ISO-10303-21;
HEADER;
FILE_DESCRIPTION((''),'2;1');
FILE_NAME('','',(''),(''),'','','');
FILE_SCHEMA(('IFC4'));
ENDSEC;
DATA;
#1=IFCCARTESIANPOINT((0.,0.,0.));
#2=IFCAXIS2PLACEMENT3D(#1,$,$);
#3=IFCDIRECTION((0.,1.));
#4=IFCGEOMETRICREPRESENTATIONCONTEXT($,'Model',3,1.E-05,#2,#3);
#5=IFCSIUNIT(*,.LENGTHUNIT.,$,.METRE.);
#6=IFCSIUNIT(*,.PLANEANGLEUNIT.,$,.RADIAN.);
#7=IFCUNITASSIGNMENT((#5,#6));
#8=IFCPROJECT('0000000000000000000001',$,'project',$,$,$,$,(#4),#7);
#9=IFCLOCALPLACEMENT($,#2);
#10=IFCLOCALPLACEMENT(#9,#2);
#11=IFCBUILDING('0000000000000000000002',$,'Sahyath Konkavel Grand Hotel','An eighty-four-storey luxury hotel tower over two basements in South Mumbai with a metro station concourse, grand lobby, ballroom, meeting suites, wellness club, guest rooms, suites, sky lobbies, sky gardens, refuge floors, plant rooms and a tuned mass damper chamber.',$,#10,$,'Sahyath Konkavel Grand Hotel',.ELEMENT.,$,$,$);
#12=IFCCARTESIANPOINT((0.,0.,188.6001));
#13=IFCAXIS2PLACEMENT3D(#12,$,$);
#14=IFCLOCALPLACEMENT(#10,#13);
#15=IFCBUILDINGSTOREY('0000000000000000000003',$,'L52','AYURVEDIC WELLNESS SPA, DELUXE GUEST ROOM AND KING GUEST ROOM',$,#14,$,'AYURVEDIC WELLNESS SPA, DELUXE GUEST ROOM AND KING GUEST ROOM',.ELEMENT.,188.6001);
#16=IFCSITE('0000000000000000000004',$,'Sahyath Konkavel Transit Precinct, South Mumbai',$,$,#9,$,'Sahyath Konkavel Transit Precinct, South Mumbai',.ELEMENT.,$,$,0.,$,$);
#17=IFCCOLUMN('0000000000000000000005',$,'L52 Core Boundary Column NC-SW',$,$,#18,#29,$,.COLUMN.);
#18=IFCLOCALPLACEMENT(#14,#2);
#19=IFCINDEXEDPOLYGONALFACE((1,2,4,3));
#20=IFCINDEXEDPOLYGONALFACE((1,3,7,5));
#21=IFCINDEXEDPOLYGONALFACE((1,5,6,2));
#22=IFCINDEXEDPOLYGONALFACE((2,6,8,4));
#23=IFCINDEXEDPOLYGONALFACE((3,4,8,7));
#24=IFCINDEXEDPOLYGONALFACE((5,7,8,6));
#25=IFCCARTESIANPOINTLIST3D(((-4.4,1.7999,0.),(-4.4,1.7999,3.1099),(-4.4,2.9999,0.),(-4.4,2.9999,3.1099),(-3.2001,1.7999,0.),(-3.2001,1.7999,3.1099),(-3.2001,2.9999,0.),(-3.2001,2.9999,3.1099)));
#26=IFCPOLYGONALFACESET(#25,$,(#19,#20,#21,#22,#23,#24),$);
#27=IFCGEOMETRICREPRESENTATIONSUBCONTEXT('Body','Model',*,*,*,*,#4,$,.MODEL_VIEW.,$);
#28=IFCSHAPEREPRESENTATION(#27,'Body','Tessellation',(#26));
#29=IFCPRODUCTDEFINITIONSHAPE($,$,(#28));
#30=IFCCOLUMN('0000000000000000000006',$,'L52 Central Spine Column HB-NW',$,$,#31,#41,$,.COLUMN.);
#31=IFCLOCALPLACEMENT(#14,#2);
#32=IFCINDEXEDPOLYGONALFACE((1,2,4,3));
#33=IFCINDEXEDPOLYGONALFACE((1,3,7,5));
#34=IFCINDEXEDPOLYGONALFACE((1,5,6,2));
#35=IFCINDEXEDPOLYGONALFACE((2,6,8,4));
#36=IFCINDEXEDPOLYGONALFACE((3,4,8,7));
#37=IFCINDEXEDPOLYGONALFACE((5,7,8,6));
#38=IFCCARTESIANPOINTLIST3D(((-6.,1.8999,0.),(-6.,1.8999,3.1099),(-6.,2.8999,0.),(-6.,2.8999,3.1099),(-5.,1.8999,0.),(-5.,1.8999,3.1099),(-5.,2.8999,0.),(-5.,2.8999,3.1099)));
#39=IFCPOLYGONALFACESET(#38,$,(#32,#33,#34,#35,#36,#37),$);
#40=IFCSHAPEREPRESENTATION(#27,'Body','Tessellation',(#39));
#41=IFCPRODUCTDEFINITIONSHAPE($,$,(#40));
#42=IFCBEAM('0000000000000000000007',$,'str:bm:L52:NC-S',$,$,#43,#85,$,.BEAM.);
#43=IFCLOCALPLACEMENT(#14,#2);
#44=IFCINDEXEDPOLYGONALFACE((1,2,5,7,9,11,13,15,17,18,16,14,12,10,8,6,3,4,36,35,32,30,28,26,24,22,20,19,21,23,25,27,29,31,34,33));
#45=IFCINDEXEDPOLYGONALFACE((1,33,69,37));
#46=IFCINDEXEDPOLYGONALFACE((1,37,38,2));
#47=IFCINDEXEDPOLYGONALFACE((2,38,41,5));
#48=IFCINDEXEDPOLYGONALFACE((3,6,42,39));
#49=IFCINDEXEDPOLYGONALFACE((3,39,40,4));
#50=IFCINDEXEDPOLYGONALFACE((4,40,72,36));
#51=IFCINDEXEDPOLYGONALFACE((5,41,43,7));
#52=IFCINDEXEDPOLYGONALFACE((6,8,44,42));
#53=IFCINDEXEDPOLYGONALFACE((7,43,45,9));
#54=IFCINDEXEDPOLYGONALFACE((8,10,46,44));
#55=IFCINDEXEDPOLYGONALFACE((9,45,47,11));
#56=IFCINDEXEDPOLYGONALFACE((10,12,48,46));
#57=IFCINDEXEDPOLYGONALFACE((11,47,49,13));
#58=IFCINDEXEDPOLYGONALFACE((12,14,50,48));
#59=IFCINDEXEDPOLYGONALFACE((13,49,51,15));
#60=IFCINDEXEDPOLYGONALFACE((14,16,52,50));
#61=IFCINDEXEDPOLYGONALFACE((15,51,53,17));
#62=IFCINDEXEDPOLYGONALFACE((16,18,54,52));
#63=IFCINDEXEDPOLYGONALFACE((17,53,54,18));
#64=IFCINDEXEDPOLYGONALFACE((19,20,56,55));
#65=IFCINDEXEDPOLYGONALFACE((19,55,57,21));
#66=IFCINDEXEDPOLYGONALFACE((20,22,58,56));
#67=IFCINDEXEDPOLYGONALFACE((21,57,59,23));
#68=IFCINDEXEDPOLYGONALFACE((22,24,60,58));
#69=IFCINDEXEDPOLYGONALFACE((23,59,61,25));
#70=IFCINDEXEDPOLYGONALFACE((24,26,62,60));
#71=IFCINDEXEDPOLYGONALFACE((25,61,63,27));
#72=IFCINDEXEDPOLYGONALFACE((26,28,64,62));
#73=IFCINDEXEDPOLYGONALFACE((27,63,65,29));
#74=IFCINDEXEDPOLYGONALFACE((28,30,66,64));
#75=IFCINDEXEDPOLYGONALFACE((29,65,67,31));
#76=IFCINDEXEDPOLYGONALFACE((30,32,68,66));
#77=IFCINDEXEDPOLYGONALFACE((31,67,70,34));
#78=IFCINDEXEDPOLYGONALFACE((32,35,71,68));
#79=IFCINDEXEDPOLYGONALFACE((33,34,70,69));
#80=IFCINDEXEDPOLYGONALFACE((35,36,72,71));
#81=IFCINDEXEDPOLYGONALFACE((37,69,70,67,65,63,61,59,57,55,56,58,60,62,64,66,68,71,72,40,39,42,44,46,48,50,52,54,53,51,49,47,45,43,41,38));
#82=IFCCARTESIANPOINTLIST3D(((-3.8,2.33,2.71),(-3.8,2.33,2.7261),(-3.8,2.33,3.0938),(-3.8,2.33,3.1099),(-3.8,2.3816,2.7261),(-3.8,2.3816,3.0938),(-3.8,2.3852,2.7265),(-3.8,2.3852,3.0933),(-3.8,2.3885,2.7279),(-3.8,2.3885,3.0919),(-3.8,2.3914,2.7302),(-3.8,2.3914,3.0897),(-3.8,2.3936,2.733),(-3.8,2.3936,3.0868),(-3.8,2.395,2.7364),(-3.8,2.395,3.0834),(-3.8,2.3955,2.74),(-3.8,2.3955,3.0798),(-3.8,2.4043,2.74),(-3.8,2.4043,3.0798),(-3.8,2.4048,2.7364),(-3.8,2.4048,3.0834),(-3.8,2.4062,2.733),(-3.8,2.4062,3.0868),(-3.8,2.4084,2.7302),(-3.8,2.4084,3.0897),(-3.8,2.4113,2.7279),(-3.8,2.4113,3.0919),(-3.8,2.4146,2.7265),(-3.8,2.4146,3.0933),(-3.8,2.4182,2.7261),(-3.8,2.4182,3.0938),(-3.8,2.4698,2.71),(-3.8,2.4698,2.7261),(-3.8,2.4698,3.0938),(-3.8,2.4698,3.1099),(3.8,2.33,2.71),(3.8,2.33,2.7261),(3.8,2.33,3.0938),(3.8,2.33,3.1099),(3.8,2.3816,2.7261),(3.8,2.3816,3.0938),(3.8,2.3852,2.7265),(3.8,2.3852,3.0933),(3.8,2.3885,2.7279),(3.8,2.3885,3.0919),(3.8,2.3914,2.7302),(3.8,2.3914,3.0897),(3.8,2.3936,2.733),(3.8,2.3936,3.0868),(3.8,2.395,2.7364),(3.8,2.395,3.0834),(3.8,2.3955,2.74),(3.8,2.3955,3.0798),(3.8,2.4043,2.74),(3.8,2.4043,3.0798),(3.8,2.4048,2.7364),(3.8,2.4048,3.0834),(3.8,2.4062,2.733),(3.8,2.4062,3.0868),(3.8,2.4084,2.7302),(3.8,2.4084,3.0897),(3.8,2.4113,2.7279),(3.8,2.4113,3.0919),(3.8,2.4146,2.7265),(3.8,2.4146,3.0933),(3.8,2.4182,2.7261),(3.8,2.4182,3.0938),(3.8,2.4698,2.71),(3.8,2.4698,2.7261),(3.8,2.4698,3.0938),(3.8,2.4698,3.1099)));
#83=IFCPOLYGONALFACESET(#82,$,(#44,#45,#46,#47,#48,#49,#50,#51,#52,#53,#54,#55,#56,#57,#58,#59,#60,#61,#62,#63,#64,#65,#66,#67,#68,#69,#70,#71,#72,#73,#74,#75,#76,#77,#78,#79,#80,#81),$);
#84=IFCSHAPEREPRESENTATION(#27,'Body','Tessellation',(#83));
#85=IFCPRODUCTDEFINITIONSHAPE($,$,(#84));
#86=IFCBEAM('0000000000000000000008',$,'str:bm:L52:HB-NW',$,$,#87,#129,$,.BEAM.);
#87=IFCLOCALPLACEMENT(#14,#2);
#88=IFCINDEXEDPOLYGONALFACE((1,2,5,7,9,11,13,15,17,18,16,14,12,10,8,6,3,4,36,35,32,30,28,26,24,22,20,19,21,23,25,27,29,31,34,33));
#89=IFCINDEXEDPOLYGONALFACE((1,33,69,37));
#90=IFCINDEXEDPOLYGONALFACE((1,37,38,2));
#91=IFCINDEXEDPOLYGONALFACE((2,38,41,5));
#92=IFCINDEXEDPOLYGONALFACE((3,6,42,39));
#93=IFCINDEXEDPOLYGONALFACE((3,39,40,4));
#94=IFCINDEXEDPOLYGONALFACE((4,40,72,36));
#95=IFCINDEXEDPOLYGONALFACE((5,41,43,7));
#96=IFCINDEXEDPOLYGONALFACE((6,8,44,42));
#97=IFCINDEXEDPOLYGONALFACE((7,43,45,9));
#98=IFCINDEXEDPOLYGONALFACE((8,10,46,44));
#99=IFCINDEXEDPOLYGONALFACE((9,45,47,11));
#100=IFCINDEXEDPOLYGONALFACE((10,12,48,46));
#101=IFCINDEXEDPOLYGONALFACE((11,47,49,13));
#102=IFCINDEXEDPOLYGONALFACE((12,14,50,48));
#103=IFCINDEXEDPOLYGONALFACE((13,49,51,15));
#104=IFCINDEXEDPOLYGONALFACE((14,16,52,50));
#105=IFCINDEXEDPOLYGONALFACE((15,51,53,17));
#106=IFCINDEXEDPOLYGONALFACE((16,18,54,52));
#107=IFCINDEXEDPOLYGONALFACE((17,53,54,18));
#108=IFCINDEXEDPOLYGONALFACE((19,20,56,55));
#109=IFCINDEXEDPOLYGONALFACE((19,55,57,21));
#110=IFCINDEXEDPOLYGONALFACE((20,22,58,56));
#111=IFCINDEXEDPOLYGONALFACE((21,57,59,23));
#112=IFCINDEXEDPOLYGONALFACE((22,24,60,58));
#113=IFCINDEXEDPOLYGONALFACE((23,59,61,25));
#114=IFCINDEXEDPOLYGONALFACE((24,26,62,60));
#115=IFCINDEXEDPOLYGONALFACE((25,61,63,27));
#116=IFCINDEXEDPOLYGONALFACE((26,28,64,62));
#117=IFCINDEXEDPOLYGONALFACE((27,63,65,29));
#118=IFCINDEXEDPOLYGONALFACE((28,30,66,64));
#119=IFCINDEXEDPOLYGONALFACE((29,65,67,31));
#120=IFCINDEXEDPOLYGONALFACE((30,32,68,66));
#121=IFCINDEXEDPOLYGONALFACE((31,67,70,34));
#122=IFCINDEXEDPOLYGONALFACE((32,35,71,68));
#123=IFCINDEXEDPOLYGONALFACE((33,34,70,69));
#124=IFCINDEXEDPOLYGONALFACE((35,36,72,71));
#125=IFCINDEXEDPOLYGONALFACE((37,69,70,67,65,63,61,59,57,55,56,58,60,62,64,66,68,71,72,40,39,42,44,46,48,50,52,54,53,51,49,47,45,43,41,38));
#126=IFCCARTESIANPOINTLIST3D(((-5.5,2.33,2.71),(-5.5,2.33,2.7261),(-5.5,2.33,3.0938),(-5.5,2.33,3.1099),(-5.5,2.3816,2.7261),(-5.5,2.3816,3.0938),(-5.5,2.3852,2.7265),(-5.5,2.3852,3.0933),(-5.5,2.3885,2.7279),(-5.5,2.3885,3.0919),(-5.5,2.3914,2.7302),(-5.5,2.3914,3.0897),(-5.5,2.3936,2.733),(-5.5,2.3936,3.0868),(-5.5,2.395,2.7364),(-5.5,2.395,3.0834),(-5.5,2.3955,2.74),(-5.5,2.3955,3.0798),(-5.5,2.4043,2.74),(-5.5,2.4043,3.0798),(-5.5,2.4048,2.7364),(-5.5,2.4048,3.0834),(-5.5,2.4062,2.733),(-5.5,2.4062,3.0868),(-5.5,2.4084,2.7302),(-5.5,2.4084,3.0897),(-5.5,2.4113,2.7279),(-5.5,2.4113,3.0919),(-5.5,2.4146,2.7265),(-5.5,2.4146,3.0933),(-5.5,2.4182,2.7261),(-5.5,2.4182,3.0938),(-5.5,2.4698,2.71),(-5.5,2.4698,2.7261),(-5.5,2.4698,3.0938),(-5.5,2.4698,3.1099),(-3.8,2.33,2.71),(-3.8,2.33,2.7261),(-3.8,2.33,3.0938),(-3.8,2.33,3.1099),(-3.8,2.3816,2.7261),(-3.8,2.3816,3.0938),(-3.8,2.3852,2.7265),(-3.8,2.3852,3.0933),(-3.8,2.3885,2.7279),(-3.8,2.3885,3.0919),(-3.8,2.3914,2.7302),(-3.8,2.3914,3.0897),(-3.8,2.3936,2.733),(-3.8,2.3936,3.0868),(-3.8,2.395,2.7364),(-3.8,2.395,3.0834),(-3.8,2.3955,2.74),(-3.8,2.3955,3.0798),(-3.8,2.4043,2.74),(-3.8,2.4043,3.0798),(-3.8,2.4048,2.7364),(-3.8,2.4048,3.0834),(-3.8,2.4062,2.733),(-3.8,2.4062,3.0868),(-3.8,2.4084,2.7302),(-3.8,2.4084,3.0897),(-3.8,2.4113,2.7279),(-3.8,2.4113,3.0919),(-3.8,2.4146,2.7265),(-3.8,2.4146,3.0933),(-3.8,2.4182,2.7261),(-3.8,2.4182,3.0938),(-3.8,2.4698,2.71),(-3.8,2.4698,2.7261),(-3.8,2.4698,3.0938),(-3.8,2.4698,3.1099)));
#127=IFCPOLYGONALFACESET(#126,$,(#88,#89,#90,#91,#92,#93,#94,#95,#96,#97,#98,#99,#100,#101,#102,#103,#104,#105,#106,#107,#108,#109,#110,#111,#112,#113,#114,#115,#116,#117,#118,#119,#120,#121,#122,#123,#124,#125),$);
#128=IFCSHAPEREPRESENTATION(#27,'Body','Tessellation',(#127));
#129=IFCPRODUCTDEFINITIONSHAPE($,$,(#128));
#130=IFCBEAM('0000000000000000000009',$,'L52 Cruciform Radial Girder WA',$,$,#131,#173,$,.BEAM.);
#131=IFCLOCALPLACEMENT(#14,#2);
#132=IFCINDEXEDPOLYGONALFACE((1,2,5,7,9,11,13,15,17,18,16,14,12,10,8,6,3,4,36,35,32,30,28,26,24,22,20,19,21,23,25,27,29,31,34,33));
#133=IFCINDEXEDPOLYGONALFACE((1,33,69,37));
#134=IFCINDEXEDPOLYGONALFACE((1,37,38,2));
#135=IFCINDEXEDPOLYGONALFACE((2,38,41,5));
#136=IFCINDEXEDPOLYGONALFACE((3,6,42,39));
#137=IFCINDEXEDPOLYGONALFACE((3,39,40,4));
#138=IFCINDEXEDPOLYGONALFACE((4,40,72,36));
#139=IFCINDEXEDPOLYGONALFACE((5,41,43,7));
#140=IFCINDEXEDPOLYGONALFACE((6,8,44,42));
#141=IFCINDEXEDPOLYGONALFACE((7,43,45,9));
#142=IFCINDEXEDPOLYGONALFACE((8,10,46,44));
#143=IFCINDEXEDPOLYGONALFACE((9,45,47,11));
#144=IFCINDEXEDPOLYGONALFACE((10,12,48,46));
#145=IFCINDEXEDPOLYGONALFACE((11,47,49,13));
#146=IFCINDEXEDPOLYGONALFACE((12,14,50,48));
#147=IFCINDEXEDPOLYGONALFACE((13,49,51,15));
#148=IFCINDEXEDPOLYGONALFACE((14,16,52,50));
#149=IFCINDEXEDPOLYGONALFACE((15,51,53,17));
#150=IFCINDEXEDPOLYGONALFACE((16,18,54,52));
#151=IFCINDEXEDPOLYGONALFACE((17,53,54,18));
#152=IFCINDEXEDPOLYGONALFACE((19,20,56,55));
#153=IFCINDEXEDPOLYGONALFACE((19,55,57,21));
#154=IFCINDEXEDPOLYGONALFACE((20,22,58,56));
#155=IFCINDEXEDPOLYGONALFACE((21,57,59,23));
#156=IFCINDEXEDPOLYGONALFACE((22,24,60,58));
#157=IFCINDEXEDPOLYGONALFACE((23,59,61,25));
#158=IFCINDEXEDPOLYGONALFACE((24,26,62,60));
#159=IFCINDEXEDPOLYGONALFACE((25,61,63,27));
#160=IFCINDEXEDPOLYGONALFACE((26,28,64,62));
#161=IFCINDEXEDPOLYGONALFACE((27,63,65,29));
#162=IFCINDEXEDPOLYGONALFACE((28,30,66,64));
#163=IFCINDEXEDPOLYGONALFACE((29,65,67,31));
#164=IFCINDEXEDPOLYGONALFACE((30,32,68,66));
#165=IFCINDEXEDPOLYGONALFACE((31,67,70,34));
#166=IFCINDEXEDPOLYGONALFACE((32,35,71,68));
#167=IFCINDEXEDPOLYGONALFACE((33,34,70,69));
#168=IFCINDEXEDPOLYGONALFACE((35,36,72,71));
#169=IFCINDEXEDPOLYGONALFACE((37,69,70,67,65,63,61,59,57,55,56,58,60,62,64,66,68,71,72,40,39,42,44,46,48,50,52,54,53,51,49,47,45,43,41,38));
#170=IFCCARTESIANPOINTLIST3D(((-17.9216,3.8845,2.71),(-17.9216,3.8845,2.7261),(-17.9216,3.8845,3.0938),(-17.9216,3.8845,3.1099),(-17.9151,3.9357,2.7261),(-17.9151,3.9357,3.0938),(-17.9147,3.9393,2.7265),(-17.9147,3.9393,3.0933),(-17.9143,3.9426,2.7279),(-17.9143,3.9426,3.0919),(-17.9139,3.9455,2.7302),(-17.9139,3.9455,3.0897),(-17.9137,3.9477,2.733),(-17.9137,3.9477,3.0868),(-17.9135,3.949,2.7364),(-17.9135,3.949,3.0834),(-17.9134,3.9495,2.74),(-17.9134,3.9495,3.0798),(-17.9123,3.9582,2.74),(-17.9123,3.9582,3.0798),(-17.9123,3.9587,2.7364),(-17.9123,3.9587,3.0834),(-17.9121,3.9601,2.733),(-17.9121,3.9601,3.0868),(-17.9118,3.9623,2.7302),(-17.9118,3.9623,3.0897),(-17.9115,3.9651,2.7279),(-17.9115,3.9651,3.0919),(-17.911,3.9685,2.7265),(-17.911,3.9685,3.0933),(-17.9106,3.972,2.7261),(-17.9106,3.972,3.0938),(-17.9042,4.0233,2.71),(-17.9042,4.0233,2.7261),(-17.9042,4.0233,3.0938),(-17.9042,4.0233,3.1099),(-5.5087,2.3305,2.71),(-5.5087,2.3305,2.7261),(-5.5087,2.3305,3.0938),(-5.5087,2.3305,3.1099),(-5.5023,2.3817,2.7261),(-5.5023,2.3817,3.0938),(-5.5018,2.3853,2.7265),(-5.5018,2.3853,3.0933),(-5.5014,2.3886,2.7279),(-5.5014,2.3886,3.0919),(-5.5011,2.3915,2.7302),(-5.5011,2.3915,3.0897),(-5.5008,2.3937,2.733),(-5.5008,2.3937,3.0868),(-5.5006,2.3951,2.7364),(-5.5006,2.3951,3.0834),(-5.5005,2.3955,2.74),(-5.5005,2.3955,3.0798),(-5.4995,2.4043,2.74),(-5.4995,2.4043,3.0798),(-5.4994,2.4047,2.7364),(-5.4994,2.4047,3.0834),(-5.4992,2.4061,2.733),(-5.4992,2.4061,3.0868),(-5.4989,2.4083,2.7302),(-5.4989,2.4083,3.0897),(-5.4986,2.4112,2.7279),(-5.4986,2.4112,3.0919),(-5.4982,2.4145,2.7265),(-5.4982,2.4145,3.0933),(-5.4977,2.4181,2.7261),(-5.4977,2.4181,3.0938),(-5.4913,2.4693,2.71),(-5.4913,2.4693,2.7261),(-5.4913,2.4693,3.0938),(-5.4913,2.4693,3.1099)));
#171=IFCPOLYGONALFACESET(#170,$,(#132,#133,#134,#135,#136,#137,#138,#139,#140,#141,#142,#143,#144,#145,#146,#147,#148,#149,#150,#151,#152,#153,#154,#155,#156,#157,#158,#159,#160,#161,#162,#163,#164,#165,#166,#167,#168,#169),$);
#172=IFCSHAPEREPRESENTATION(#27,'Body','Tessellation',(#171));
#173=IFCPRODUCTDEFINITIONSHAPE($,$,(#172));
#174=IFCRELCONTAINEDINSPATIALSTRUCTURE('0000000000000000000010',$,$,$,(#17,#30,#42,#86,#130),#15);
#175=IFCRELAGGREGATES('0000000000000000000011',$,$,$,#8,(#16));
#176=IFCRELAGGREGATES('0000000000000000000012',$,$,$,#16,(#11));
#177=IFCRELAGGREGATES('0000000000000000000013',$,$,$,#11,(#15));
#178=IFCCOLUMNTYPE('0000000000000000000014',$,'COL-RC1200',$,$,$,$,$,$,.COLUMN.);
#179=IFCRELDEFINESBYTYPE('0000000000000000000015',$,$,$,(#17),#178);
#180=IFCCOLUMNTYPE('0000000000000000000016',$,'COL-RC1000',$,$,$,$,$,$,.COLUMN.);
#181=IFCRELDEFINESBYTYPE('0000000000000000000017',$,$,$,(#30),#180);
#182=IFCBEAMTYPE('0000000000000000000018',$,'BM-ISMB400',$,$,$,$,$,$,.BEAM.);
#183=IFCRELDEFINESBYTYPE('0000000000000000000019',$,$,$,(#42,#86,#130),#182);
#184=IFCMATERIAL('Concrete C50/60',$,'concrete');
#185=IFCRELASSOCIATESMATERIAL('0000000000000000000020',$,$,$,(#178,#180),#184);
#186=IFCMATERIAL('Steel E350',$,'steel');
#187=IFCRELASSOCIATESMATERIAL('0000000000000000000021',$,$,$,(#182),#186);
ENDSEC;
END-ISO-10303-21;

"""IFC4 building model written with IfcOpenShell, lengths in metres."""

from ifc_helpers import new_model, si_unit, direction, frame, origin, origin_2d, place, context, subcontext, project, spatial, rectangle, i_section, extrude, source, transform, mapped, material, material_profile, profile_set, type_object, element, save


model = new_model("IFC4")

# Units and contexts
model_context = context("Model", 3, precision=1e-05, world=origin(), true_north=direction((0.0, 1.0)))
body_context = subcontext(model_context, "Body", "Model", "MODEL_VIEW")
ifc_project = project(units=[si_unit("LENGTHUNIT", "METRE"), si_unit("PLANEANGLEUNIT", "RADIAN")], contexts=[model_context])

# Site, building, storey
site_placement = place(None, origin())
site = spatial("IfcSite", under=ifc_project, at=site_placement, Name="Sahyath Konkavel Transit Precinct, South Mumbai", LongName="Sahyath Konkavel Transit Precinct, South Mumbai", CompositionType="ELEMENT", RefElevation=0.0)
building_placement = place(site_placement, origin())
building = spatial("IfcBuilding", under=site, at=building_placement, Name="Sahyath Konkavel Grand Hotel", Description="An eighty-four-storey luxury hotel tower over two basements in South Mumbai with a metro station concourse, grand lobby, ballroom, meeting suites, wellness club, guest rooms, suites, sky lobbies, sky gardens, refuge floors, plant rooms and a tuned mass damper chamber.", LongName="Sahyath Konkavel Grand Hotel", CompositionType="ELEMENT")
storey_placement = place(building_placement, frame((0.0, 0.0, 188.6001)))
storey = spatial("IfcBuildingStorey", under=building, at=storey_placement, Name="L52", Description="AYURVEDIC WELLNESS SPA, DELUXE GUEST ROOM AND KING GUEST ROOM", LongName="AYURVEDIC WELLNESS SPA, DELUXE GUEST ROOM AND KING GUEST ROOM", CompositionType="ELEMENT", Elevation=188.6001)

# Columns
ifc_material_1 = material(Name="Concrete C50/60", Category="concrete")
ifc_material_profile_1 = material_profile(ifc_material_1, rectangle(XDim=1.2, YDim=1.2, at=origin_2d()), Name="RC 1200x1200")
ifc_profile_set_1 = profile_set([ifc_material_profile_1], Name="Concrete C50/60")
column_type_1 = type_object("IfcColumnType", Name="COL-RC1200", PredefinedType="COLUMN", material=ifc_profile_set_1)
shared_shape_1 = source(origin(), body_context, "Body", "SweptSolid", [
    extrude(rectangle(XDim=1.2, YDim=1.2, at=origin_2d()), origin(), (0.0, 0.0, 1.0), 3.1099),
])
column_1_placement = place(storey_placement, frame((-3.8, 2.3999, 0.0), z_axis=(0.0, 0.0, 1.0), x_axis=(1.0, 0.0, 0.0)))
element("IfcColumn", 1, at=column_1_placement, inside=storey, type_object=column_type_1, Name="L52 Core Boundary Column NC-SW", PredefinedType="COLUMN", context=body_context, shape_type="MappedRepresentation", body=[
    mapped(shared_shape_1, transform((0.0, 0.0, 0.0), scale=1.0)),
])
ifc_material_profile_2 = material_profile(ifc_material_1, rectangle(XDim=1.0, YDim=1.0, at=origin_2d()), Name="RC 1000x1000")
ifc_profile_set_2 = profile_set([ifc_material_profile_2], Name="Concrete C50/60")
column_type_2 = type_object("IfcColumnType", Name="COL-RC1000", PredefinedType="COLUMN", material=ifc_profile_set_2)
shared_shape_2 = source(origin(), body_context, "Body", "SweptSolid", [
    extrude(rectangle(XDim=1.0, YDim=1.0, at=origin_2d()), origin(), (0.0, 0.0, 1.0), 3.1099),
])
column_2_placement = place(storey_placement, frame((-5.5, 2.3999, 0.0), z_axis=(0.0, 0.0, 1.0), x_axis=(1.0, 0.0, 0.0)))
element("IfcColumn", 2, at=column_2_placement, inside=storey, type_object=column_type_2, Name="L52 Central Spine Column HB-NW", PredefinedType="COLUMN", context=body_context, shape_type="MappedRepresentation", body=[
    mapped(shared_shape_2, transform((0.0, 0.0, 0.0), scale=1.0)),
])

# Beams
ifc_material_2 = material(Name="Steel E350", Category="steel")
ifc_material_profile_3 = material_profile(ifc_material_2, i_section(OverallWidth=0.1399, OverallDepth=0.3999, WebThickness=0.0088, FlangeThickness=0.0161, FilletRadius=0.0139, at=origin_2d()), Name="ISMB 400")
ifc_profile_set_3 = profile_set([ifc_material_profile_3], Name="Steel E350")
beam_type = type_object("IfcBeamType", Name="BM-ISMB400", PredefinedType="BEAM", material=ifc_profile_set_3)
shared_shape_3 = source(origin(), body_context, "Body", "SweptSolid", [
    extrude(i_section(OverallWidth=0.1399, OverallDepth=0.3999, WebThickness=0.0088, FlangeThickness=0.0161, FilletRadius=0.0139, at=origin_2d()), origin(), (0.0, 0.0, 1.0), 7.6001),
])
beam_1_placement = place(storey_placement, frame((-3.8, 2.3999, 2.9099), z_axis=(1.0, 0.0, 0.0), x_axis=(0.0, 1.0, 0.0)))
element("IfcBeam", 3, at=beam_1_placement, inside=storey, type_object=beam_type, Name="str:bm:L52:NC-S", PredefinedType="BEAM", context=body_context, shape_type="MappedRepresentation", body=[
    mapped(shared_shape_3, transform((0.0, 0.0, 0.0), scale=1.0)),
])
shared_shape_4 = source(origin(), body_context, "Body", "SweptSolid", [
    extrude(i_section(OverallWidth=0.1399, OverallDepth=0.3999, WebThickness=0.0088, FlangeThickness=0.0161, FilletRadius=0.0139, at=origin_2d()), origin(), (0.0, 0.0, 1.0), 1.7),
])
beam_2_placement = place(storey_placement, frame((-5.5, 2.3999, 2.9099), z_axis=(1.0, 0.0, 0.0), x_axis=(0.0, 1.0, 0.0)))
element("IfcBeam", 4, at=beam_2_placement, inside=storey, type_object=beam_type, Name="str:bm:L52:HB-NW", PredefinedType="BEAM", context=body_context, shape_type="MappedRepresentation", body=[
    mapped(shared_shape_4, transform((0.0, 0.0, 0.0), scale=1.0)),
])
shared_shape_5 = source(origin(), body_context, "Body", "SweptSolid", [
    extrude(i_section(OverallWidth=0.1399, OverallDepth=0.3999, WebThickness=0.0088, FlangeThickness=0.0161, FilletRadius=0.0139, at=origin_2d()), origin(), (0.0, 0.0, 1.0), 12.5098),
])
beam_3_placement = place(storey_placement, frame((-5.5, 2.3999, 2.9099), z_axis=(-0.992255, 0.12422, 0.0), x_axis=(-0.12422, -0.992255, 0.0)))
element("IfcBeam", 5, at=beam_3_placement, inside=storey, type_object=beam_type, Name="L52 Cruciform Radial Girder WA", PredefinedType="BEAM", context=body_context, shape_type="MappedRepresentation", body=[
    mapped(shared_shape_5, transform((0.0, 0.0, 0.0), scale=1.0)),
])

save(model, "model.ifc")
